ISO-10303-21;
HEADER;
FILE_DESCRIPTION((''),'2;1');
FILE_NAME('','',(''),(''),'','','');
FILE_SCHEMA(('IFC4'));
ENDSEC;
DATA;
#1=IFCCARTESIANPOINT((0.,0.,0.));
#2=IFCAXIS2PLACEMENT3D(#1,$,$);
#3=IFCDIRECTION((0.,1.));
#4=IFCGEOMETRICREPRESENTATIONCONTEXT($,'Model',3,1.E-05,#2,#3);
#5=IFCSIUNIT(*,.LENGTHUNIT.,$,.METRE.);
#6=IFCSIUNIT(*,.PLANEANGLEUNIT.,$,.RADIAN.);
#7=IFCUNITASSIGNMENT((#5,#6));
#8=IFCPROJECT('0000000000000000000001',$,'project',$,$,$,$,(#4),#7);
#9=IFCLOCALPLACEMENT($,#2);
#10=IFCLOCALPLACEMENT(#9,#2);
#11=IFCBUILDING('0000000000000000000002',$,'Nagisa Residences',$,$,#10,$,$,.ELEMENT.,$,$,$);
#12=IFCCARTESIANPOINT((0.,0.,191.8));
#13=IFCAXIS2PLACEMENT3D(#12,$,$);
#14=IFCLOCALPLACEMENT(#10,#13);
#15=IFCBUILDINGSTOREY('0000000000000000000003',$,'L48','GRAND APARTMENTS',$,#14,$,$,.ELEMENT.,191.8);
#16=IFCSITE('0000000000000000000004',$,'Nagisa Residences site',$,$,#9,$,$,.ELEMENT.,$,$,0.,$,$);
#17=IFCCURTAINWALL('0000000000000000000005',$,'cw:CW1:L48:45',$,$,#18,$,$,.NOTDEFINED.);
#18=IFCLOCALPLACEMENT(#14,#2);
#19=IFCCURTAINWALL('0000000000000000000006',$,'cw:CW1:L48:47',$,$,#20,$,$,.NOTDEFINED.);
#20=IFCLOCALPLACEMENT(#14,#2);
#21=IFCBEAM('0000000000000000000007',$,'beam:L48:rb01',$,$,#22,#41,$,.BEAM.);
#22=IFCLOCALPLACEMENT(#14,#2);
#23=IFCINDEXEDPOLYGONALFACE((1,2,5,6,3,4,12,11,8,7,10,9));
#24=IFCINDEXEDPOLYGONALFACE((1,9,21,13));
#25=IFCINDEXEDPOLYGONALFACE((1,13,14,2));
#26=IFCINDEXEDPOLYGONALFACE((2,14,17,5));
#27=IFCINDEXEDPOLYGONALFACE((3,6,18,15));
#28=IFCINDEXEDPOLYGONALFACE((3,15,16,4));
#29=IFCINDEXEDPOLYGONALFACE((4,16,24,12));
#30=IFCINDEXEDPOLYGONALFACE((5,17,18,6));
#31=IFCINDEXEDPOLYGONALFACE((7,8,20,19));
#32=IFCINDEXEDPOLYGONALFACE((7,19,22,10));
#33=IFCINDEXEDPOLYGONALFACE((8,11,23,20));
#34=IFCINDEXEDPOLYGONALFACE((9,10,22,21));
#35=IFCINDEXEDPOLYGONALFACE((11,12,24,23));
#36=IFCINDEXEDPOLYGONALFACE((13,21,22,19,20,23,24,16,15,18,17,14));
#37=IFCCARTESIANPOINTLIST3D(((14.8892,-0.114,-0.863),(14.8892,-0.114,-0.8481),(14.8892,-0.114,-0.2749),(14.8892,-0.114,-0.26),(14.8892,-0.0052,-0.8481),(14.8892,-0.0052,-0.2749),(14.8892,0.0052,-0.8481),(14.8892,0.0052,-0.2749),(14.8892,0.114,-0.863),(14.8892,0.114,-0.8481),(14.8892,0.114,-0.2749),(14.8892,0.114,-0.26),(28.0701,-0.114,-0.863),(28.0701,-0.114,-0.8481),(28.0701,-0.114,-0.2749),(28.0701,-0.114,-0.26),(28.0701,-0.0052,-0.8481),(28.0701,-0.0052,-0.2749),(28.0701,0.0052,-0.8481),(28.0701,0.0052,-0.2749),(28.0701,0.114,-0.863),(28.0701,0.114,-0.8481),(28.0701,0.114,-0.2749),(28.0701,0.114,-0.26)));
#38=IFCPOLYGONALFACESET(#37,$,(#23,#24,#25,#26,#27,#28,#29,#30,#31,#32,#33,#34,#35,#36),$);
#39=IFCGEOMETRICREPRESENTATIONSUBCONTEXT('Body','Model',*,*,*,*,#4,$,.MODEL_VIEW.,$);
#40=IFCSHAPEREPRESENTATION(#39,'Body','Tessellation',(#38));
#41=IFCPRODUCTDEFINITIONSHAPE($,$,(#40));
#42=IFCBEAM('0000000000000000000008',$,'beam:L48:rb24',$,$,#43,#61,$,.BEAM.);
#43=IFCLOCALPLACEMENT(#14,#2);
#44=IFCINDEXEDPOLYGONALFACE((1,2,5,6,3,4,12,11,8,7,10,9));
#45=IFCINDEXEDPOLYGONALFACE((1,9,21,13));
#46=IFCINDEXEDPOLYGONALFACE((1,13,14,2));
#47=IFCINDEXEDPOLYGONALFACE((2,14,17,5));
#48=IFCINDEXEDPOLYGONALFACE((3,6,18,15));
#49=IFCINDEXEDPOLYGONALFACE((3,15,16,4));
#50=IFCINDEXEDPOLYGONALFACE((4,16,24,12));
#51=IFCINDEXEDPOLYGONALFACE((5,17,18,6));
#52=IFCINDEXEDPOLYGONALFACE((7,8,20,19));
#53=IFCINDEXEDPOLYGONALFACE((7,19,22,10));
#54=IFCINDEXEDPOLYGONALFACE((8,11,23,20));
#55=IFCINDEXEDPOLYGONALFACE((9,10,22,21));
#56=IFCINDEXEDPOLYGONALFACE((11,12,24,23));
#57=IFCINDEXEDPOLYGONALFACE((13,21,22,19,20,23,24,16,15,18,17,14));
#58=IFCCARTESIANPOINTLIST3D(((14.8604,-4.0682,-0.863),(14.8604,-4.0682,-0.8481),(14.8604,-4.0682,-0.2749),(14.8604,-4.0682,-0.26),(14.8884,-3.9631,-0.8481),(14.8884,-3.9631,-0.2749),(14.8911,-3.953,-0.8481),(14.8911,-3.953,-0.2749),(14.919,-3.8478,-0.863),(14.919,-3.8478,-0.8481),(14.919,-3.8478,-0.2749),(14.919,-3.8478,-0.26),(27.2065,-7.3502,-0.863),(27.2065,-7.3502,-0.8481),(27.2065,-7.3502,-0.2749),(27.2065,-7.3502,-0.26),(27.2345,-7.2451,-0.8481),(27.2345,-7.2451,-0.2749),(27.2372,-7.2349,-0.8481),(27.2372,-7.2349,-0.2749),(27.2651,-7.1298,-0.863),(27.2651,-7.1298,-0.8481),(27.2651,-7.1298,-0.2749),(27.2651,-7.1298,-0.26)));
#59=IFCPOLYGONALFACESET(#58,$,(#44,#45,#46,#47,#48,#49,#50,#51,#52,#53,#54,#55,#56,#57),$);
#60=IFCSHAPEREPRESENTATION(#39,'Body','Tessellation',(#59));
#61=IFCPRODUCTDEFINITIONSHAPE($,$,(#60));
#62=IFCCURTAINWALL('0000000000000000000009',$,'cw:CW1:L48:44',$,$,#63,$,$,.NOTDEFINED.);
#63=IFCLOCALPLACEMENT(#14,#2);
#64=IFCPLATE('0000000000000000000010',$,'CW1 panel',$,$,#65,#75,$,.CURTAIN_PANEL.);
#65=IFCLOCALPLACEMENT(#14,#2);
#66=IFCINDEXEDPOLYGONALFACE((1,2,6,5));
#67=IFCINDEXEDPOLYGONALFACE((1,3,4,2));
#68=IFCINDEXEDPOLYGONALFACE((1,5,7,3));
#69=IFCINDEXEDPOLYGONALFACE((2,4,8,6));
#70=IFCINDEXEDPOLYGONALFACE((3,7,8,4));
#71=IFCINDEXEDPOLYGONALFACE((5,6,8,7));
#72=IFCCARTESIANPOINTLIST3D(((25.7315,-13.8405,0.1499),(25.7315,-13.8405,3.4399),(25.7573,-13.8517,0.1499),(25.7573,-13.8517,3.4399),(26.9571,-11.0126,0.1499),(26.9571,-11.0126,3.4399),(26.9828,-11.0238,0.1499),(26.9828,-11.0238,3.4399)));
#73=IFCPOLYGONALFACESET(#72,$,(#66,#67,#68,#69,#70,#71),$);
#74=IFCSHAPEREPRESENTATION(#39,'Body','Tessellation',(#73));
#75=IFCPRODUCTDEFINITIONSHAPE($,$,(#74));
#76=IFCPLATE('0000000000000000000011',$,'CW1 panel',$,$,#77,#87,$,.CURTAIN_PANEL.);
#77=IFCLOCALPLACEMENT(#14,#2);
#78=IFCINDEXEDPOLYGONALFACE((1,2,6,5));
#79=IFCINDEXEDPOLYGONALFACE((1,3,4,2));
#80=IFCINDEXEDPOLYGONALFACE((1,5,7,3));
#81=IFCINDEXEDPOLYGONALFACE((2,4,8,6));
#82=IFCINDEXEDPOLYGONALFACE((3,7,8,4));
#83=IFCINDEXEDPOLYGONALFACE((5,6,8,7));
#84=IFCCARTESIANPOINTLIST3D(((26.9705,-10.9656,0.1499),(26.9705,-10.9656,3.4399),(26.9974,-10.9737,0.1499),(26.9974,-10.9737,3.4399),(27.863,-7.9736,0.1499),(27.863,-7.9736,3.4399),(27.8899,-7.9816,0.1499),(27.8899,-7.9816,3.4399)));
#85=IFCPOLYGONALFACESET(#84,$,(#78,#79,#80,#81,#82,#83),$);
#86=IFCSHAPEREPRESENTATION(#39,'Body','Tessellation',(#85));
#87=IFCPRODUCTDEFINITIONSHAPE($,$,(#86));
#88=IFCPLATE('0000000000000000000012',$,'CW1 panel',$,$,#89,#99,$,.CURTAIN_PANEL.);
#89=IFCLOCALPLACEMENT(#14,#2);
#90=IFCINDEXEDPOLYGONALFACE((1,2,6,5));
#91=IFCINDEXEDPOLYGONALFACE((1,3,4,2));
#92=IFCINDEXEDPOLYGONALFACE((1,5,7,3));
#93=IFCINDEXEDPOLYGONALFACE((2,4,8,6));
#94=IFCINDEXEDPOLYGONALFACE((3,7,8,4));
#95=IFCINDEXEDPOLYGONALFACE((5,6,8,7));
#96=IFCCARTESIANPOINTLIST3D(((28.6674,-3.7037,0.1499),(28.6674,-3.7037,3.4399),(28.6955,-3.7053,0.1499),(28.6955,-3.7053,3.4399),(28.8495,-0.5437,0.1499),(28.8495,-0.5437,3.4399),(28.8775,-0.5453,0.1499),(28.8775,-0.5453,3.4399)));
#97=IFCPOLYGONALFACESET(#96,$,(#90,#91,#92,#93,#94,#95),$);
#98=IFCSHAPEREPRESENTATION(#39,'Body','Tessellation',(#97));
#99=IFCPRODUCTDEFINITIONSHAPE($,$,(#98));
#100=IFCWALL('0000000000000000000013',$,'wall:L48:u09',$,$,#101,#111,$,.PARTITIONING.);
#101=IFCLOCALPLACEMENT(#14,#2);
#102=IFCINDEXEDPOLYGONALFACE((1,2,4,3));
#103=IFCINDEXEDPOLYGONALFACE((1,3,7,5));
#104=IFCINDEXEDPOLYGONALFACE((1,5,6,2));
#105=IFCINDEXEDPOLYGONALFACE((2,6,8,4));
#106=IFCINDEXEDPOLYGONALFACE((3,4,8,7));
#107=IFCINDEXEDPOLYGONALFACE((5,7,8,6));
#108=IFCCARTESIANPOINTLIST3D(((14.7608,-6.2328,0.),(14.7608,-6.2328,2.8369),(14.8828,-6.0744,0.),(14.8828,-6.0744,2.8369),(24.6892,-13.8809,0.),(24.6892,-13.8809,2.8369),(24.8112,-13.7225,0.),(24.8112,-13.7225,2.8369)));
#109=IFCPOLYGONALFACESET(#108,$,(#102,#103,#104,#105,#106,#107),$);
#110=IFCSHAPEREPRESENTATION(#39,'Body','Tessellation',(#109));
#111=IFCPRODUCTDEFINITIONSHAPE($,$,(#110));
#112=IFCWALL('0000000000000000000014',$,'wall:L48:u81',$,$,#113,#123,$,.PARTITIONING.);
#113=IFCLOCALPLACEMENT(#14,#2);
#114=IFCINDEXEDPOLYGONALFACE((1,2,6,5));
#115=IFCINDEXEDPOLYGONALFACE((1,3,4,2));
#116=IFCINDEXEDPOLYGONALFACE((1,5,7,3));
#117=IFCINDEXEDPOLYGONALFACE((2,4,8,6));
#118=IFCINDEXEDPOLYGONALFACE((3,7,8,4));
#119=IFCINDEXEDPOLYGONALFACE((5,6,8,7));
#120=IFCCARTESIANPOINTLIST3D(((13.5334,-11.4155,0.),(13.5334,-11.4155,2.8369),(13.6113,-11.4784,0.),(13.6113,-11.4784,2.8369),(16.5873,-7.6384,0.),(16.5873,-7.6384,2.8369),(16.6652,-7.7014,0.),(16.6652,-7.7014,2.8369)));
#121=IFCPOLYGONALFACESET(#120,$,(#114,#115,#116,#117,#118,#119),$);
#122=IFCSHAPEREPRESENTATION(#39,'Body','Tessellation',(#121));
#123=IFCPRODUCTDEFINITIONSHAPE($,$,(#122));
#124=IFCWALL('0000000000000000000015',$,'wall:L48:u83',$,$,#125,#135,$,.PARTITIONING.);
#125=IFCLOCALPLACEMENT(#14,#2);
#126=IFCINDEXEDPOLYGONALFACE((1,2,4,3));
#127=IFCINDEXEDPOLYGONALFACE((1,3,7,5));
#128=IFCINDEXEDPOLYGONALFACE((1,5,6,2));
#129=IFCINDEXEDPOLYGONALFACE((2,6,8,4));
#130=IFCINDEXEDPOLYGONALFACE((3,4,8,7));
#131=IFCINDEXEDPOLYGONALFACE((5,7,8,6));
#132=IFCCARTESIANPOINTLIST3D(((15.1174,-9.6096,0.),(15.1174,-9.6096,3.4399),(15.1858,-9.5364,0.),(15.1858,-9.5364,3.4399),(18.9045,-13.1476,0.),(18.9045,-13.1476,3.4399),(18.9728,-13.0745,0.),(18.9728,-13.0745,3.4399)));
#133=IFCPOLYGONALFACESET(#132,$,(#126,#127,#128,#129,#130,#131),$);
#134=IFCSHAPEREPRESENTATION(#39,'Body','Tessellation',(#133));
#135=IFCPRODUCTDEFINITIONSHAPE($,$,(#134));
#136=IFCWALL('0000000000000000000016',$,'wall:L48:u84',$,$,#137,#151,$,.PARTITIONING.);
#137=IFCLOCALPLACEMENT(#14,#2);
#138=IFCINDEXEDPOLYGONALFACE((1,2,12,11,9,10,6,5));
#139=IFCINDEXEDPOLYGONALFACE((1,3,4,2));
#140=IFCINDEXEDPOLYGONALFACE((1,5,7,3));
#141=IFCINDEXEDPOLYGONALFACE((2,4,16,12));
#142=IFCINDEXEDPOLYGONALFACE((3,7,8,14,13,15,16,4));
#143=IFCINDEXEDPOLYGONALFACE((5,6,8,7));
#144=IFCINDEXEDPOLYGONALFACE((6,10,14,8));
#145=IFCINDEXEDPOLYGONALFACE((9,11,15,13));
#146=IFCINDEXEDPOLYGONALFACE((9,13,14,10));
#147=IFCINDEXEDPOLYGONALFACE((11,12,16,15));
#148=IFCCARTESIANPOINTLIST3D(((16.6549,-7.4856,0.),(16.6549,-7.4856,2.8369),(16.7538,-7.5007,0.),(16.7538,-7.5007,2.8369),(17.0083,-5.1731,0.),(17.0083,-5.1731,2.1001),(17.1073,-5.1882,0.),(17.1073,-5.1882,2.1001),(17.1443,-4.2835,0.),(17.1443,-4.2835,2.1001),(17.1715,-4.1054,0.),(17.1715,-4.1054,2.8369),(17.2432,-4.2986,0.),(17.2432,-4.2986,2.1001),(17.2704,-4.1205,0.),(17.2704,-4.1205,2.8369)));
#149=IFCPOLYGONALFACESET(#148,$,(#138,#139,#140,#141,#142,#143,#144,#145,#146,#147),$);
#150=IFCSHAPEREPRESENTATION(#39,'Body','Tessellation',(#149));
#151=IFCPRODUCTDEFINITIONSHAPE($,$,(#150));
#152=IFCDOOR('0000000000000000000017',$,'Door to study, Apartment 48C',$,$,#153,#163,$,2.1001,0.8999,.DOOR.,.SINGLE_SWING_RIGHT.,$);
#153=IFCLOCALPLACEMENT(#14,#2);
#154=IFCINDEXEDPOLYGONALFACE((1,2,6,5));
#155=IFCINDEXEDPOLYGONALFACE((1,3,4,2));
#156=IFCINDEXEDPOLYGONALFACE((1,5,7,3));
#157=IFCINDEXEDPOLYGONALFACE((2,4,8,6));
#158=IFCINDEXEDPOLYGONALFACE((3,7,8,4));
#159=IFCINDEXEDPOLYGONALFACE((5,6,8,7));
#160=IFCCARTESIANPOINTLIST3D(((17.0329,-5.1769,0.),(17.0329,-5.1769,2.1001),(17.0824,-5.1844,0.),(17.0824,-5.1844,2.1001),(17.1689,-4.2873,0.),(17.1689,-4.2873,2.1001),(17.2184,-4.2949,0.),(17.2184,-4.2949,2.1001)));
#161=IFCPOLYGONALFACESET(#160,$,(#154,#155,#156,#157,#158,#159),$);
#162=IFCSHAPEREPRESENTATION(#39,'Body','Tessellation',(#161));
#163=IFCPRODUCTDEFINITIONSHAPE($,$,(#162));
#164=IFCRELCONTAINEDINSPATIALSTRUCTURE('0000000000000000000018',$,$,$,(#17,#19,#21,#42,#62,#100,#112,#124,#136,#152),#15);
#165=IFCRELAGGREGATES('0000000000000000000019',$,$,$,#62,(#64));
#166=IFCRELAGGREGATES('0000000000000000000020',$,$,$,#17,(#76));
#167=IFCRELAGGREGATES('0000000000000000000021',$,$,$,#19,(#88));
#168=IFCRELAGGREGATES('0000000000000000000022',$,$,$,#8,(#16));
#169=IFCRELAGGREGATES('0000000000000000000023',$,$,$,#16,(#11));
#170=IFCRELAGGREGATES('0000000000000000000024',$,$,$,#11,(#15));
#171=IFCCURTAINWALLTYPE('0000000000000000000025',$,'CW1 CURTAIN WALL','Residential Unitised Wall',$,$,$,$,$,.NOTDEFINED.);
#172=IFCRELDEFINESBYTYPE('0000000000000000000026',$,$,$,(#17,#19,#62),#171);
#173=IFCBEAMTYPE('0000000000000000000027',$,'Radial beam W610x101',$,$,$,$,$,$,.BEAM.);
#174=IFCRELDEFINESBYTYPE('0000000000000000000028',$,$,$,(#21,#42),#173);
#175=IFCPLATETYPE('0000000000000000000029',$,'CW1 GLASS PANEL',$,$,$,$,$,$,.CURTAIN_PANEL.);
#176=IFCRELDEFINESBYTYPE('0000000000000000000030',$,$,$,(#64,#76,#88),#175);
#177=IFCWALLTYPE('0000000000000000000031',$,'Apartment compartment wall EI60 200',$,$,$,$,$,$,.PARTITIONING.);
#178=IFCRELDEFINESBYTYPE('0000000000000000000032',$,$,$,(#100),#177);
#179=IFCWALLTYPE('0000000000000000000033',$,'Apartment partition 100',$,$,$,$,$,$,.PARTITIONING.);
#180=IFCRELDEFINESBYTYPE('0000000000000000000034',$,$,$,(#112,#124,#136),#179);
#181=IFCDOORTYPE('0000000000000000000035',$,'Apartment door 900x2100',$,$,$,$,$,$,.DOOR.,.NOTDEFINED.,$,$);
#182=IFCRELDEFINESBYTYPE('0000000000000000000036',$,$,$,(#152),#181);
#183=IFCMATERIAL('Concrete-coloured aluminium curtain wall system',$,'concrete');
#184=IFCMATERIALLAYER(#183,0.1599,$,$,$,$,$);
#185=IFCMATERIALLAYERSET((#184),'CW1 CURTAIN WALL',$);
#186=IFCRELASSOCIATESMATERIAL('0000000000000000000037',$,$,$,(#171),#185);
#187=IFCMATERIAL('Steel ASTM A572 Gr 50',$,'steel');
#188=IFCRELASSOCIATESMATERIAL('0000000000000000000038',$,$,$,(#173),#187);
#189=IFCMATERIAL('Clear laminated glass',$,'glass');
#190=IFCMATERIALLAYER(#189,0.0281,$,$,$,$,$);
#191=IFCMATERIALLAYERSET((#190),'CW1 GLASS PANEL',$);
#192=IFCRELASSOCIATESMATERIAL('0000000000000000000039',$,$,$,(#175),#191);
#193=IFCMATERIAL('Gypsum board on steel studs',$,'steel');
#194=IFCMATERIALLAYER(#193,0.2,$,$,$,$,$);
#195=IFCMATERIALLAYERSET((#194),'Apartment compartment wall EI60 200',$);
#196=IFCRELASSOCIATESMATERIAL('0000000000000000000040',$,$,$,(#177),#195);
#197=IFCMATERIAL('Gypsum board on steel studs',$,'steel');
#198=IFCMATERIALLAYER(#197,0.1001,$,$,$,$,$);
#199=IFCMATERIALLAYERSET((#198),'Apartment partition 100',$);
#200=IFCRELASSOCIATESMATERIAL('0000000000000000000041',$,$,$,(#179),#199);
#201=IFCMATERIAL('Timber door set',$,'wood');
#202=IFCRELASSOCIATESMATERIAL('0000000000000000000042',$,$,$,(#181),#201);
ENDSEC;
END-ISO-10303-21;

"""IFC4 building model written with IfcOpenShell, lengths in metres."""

from ifc_helpers import new_model, si_unit, direction, frame, frame_2d, origin, origin_2d, place, context, subcontext, project, spatial, rectangle, i_section, extrude, material, layer, layer_set, material_profile, profile_set, type_object, element, fill, aggregate, save


model = new_model("IFC4")

# Units and contexts
model_context = context("Model", 3, precision=1e-05, world=origin(), true_north=direction((0.0, 1.0)))
body_context = subcontext(model_context, "Body", "Model", "MODEL_VIEW")
ifc_project = project(units=[si_unit("LENGTHUNIT", "METRE"), si_unit("PLANEANGLEUNIT", "RADIAN")], contexts=[model_context])

# Site, building, storey
site_placement = place(None, origin())
site = spatial("IfcSite", under=ifc_project, at=site_placement, Name="Nagisa Residences site", CompositionType="ELEMENT", RefElevation=0.0)
building_placement = place(site_placement, origin())
building = spatial("IfcBuilding", under=site, at=building_placement, Name="Nagisa Residences", CompositionType="ELEMENT")
storey_placement = place(building_placement, frame((0.0, 0.0, 191.8)))
storey = spatial("IfcBuildingStorey", under=building, at=storey_placement, Name="L48", Description="GRAND APARTMENTS", CompositionType="ELEMENT", Elevation=191.8)

# Curtain walls
ifc_material_1 = material(Name="Concrete-coloured aluminium curtain wall system", Category="concrete")
ifc_layer_1 = layer(ifc_material_1, 0.1599)
ifc_layer_set_1 = layer_set([ifc_layer_1], Name="CW1 CURTAIN WALL")
curtain_wall_type = type_object("IfcCurtainWallType", Name="CW1 CURTAIN WALL", Description="Residential Unitised Wall", PredefinedType="NOTDEFINED", material=ifc_layer_set_1)
curtain_wall_1_placement = place(storey_placement, origin())
curtain_wall_1 = element("IfcCurtainWall", 1, at=curtain_wall_1_placement, inside=storey, type_object=curtain_wall_type, Name="cw:CW1:L48:45", PredefinedType="NOTDEFINED")
curtain_wall_2_placement = place(storey_placement, origin())
curtain_wall_2 = element("IfcCurtainWall", 2, at=curtain_wall_2_placement, inside=storey, type_object=curtain_wall_type, Name="cw:CW1:L48:47", PredefinedType="NOTDEFINED")

# Beams
ifc_material_2 = material(Name="Steel ASTM A572 Gr 50", Category="steel")
ifc_material_profile_1 = material_profile(ifc_material_2, i_section(OverallWidth=0.228, OverallDepth=0.603, WebThickness=0.0105, FlangeThickness=0.0149, at=origin_2d()), Name="W610x101")
ifc_profile_set_1 = profile_set([ifc_material_profile_1], Name="Steel ASTM A572 Gr 50")
beam_type_1 = type_object("IfcBeamType", Name="Radial beam W610x101", PredefinedType="BEAM", material=ifc_profile_set_1)
beam_1_placement = place(storey_placement, frame((28.0701, 0.0, -0.5615), z_axis=(-1.0, 0.0, 0.0), x_axis=(0.0, -1.0, 0.0)))
element("IfcBeam", 3, at=beam_1_placement, inside=storey, type_object=beam_type_1, Name="beam:L48:rb01", PredefinedType="BEAM", context=body_context, shape_type="SweptSolid", body=[
    extrude(i_section(OverallWidth=0.228, OverallDepth=0.603, WebThickness=0.0105, FlangeThickness=0.0149, at=origin_2d()), origin(), (0.0, 0.0, 1.0), 13.1809),
])
beam_2_placement = place(storey_placement, frame((27.2358, -7.24, -0.5615), z_axis=(-0.966436, 0.256907, 0.0), x_axis=(-0.256907, -0.966436, 0.0)))
element("IfcBeam", 4, at=beam_2_placement, inside=storey, type_object=beam_type_1, Name="beam:L48:rb24", PredefinedType="BEAM", context=body_context, shape_type="SweptSolid", body=[
    extrude(i_section(OverallWidth=0.228, OverallDepth=0.603, WebThickness=0.0105, FlangeThickness=0.0149, at=origin_2d()), origin(), (0.0, 0.0, 1.0), 12.7749),
])

# Curtain wall, plate
curtain_wall_3_placement = place(storey_placement, origin())
curtain_wall_3 = element("IfcCurtainWall", 5, at=curtain_wall_3_placement, inside=storey, type_object=curtain_wall_type, Name="cw:CW1:L48:44", PredefinedType="NOTDEFINED")
ifc_material_3 = material(Name="Clear laminated glass", Category="glass")
ifc_layer_2 = layer(ifc_material_3, 0.0281)
ifc_layer_set_2 = layer_set([ifc_layer_2], Name="CW1 GLASS PANEL")
plate_type = type_object("IfcPlateType", Name="CW1 GLASS PANEL", PredefinedType="CURTAIN_PANEL", material=ifc_layer_set_2)
plate_1_placement = place(storey_placement, frame((26.3572, -12.4321, 0.1499), z_axis=(0.0, 0.0, 1.0), x_axis=(0.397636, 0.917543, 0.0)))
plate_1 = element("IfcPlate", 6, at=plate_1_placement, type_object=plate_type, Name="CW1 panel", PredefinedType="CURTAIN_PANEL", context=body_context, shape_type="SweptSolid", body=[
    extrude(rectangle(XDim=3.082, YDim=0.0281, at=origin_2d()), origin(), (0.0, 0.0, 1.0), 3.29),
])
aggregate(curtain_wall_3, [plate_1])

# Plates
plate_2_placement = place(storey_placement, frame((27.4302, -9.4736, 0.1499), z_axis=(0.0, 0.0, 1.0), x_axis=(0.28586, 0.958271, 0.0)))
plate_2 = element("IfcPlate", 7, at=plate_2_placement, type_object=plate_type, Name="CW1 panel", PredefinedType="CURTAIN_PANEL", context=body_context, shape_type="SweptSolid", body=[
    extrude(rectangle(XDim=3.1223, YDim=0.0281, at=origin_2d()), origin(), (0.0, 0.0, 1.0), 3.29),
])
aggregate(curtain_wall_1, [plate_2])
plate_3_placement = place(storey_placement, frame((28.7725, -2.1245, 0.1499), z_axis=(0.0, 0.0, 1.0), x_axis=(0.057503, 0.998345, 0.0)))
plate_3 = element("IfcPlate", 8, at=plate_3_placement, type_object=plate_type, Name="CW1 panel", PredefinedType="CURTAIN_PANEL", context=body_context, shape_type="SweptSolid", body=[
    extrude(rectangle(XDim=3.1653, YDim=0.0281, at=origin_2d()), origin(), (0.0, 0.0, 1.0), 3.29),
])
aggregate(curtain_wall_2, [plate_3])

# Walls
ifc_material_4 = material(Name="Gypsum board on steel studs", Category="steel")
ifc_layer_3 = layer(ifc_material_4, 0.2)
ifc_layer_set_3 = layer_set([ifc_layer_3], Name="Apartment compartment wall EI60 200")
wall_type_1 = type_object("IfcWallType", Name="Apartment compartment wall EI60 200", PredefinedType="PARTITIONING", material=ifc_layer_set_3)
wall_1_placement = place(storey_placement, frame((14.8218, -6.1536, 0.0), z_axis=(0.0, 0.0, 1.0), x_axis=(0.792203, -0.610258, 0.0)))
element("IfcWall", 9, at=wall_1_placement, inside=storey, type_object=wall_type_1, Name="wall:L48:u09", PredefinedType="PARTITIONING", context=body_context, shape_type="SweptSolid", body=[
    extrude(rectangle(XDim=12.5327, YDim=0.2, at=frame_2d((6.2664, 0.0))), origin(), (0.0, 0.0, 1.0), 2.8369),
])
ifc_material_5 = material(Name="Gypsum board on steel studs", Category="steel")
ifc_layer_4 = layer(ifc_material_5, 0.1001)
ifc_layer_set_4 = layer_set([ifc_layer_4], Name="Apartment partition 100")
wall_type_2 = type_object("IfcWallType", Name="Apartment partition 100", PredefinedType="PARTITIONING", material=ifc_layer_set_4)
wall_2_placement = place(storey_placement, frame((13.5723, -11.447, 0.0), z_axis=(0.0, 0.0, 1.0), x_axis=(0.628738, 0.777617, 0.0)))
element("IfcWall", 10, at=wall_2_placement, inside=storey, type_object=wall_type_2, Name="wall:L48:u81", PredefinedType="PARTITIONING", context=body_context, shape_type="SweptSolid", body=[
    extrude(rectangle(XDim=4.8572, YDim=0.1001, at=frame_2d((2.4287, 0.0))), origin(), (0.0, 0.0, 1.0), 2.8369),
])
wall_3_placement = place(storey_placement, frame((15.1516, -9.573, 0.0), z_axis=(0.0, 0.0, 1.0), x_axis=(0.730723, -0.682674, 0.0)))
element("IfcWall", 11, at=wall_3_placement, inside=storey, type_object=wall_type_2, Name="wall:L48:u83", PredefinedType="PARTITIONING", context=body_context, shape_type="SweptSolid", body=[
    extrude(rectangle(XDim=5.1826, YDim=0.1001, at=frame_2d((2.5913, 0.0))), origin(), (0.0, 0.0, 1.0), 3.4399),
])

# Wall, opening, door
wall_4_placement = place(storey_placement, frame((16.7043, -7.4932, 0.0), z_axis=(0.0, 0.0, 1.0), x_axis=(0.151081, 0.988521, 0.0)))
wall_4 = element("IfcWall", 12, at=wall_4_placement, inside=storey, type_object=wall_type_2, Name="wall:L48:u84", PredefinedType="PARTITIONING", context=body_context, shape_type="SweptSolid", body=[
    extrude(rectangle(XDim=3.4194, YDim=0.1001, at=frame_2d((1.7097, 0.0))), origin(), (0.0, 0.0, 1.0), 2.8369),
])
opening_1_placement = place(wall_4_placement, frame((2.3394, 0.0, 0.0)))
opening_1 = element("IfcOpeningElement", 13, at=opening_1_placement, cuts=wall_4, PredefinedType="OPENING", context=body_context, shape_type="SweptSolid", body=[
    extrude(rectangle(XDim=0.8999, YDim=2.1001, at=frame_2d((0.45, 1.05))), frame((0.0, 0.0601, 0.0), z_axis=(0.0, -1.0, 0.0), x_axis=(1.0, 0.0, 0.0)), (0.0, 0.0, 1.0), 0.1201),
])
ifc_material_6 = material(Name="Timber door set", Category="wood")
door_type_1 = type_object("IfcDoorType", Name="Apartment door 900x2100", OperationType="NOTDEFINED", PredefinedType="DOOR", material=ifc_material_6)
door_1_placement = place(opening_1_placement, frame((0.8999, 0.0, 0.0), x_axis=(-1.0, 0.0, 0.0)))
door_1 = element("IfcDoor", 14, at=door_1_placement, inside=storey, type_object=door_type_1, Name="Door to study, Apartment 48C", OperationType="SINGLE_SWING_RIGHT", OverallHeight=2.1001, OverallWidth=0.8999, PredefinedType="DOOR", context=body_context, shape_type="SweptSolid", body=[
    extrude(rectangle(XDim=0.8999, YDim=2.1001, at=frame_2d((0.45, 1.05))), frame((0.0, 0.0249, 0.0), z_axis=(0.0, -1.0, 0.0), x_axis=(1.0, 0.0, 0.0)), (0.0, 0.0, 1.0), 0.05),
])
fill(opening_1, door_1)

save(model, "model.ifc")
